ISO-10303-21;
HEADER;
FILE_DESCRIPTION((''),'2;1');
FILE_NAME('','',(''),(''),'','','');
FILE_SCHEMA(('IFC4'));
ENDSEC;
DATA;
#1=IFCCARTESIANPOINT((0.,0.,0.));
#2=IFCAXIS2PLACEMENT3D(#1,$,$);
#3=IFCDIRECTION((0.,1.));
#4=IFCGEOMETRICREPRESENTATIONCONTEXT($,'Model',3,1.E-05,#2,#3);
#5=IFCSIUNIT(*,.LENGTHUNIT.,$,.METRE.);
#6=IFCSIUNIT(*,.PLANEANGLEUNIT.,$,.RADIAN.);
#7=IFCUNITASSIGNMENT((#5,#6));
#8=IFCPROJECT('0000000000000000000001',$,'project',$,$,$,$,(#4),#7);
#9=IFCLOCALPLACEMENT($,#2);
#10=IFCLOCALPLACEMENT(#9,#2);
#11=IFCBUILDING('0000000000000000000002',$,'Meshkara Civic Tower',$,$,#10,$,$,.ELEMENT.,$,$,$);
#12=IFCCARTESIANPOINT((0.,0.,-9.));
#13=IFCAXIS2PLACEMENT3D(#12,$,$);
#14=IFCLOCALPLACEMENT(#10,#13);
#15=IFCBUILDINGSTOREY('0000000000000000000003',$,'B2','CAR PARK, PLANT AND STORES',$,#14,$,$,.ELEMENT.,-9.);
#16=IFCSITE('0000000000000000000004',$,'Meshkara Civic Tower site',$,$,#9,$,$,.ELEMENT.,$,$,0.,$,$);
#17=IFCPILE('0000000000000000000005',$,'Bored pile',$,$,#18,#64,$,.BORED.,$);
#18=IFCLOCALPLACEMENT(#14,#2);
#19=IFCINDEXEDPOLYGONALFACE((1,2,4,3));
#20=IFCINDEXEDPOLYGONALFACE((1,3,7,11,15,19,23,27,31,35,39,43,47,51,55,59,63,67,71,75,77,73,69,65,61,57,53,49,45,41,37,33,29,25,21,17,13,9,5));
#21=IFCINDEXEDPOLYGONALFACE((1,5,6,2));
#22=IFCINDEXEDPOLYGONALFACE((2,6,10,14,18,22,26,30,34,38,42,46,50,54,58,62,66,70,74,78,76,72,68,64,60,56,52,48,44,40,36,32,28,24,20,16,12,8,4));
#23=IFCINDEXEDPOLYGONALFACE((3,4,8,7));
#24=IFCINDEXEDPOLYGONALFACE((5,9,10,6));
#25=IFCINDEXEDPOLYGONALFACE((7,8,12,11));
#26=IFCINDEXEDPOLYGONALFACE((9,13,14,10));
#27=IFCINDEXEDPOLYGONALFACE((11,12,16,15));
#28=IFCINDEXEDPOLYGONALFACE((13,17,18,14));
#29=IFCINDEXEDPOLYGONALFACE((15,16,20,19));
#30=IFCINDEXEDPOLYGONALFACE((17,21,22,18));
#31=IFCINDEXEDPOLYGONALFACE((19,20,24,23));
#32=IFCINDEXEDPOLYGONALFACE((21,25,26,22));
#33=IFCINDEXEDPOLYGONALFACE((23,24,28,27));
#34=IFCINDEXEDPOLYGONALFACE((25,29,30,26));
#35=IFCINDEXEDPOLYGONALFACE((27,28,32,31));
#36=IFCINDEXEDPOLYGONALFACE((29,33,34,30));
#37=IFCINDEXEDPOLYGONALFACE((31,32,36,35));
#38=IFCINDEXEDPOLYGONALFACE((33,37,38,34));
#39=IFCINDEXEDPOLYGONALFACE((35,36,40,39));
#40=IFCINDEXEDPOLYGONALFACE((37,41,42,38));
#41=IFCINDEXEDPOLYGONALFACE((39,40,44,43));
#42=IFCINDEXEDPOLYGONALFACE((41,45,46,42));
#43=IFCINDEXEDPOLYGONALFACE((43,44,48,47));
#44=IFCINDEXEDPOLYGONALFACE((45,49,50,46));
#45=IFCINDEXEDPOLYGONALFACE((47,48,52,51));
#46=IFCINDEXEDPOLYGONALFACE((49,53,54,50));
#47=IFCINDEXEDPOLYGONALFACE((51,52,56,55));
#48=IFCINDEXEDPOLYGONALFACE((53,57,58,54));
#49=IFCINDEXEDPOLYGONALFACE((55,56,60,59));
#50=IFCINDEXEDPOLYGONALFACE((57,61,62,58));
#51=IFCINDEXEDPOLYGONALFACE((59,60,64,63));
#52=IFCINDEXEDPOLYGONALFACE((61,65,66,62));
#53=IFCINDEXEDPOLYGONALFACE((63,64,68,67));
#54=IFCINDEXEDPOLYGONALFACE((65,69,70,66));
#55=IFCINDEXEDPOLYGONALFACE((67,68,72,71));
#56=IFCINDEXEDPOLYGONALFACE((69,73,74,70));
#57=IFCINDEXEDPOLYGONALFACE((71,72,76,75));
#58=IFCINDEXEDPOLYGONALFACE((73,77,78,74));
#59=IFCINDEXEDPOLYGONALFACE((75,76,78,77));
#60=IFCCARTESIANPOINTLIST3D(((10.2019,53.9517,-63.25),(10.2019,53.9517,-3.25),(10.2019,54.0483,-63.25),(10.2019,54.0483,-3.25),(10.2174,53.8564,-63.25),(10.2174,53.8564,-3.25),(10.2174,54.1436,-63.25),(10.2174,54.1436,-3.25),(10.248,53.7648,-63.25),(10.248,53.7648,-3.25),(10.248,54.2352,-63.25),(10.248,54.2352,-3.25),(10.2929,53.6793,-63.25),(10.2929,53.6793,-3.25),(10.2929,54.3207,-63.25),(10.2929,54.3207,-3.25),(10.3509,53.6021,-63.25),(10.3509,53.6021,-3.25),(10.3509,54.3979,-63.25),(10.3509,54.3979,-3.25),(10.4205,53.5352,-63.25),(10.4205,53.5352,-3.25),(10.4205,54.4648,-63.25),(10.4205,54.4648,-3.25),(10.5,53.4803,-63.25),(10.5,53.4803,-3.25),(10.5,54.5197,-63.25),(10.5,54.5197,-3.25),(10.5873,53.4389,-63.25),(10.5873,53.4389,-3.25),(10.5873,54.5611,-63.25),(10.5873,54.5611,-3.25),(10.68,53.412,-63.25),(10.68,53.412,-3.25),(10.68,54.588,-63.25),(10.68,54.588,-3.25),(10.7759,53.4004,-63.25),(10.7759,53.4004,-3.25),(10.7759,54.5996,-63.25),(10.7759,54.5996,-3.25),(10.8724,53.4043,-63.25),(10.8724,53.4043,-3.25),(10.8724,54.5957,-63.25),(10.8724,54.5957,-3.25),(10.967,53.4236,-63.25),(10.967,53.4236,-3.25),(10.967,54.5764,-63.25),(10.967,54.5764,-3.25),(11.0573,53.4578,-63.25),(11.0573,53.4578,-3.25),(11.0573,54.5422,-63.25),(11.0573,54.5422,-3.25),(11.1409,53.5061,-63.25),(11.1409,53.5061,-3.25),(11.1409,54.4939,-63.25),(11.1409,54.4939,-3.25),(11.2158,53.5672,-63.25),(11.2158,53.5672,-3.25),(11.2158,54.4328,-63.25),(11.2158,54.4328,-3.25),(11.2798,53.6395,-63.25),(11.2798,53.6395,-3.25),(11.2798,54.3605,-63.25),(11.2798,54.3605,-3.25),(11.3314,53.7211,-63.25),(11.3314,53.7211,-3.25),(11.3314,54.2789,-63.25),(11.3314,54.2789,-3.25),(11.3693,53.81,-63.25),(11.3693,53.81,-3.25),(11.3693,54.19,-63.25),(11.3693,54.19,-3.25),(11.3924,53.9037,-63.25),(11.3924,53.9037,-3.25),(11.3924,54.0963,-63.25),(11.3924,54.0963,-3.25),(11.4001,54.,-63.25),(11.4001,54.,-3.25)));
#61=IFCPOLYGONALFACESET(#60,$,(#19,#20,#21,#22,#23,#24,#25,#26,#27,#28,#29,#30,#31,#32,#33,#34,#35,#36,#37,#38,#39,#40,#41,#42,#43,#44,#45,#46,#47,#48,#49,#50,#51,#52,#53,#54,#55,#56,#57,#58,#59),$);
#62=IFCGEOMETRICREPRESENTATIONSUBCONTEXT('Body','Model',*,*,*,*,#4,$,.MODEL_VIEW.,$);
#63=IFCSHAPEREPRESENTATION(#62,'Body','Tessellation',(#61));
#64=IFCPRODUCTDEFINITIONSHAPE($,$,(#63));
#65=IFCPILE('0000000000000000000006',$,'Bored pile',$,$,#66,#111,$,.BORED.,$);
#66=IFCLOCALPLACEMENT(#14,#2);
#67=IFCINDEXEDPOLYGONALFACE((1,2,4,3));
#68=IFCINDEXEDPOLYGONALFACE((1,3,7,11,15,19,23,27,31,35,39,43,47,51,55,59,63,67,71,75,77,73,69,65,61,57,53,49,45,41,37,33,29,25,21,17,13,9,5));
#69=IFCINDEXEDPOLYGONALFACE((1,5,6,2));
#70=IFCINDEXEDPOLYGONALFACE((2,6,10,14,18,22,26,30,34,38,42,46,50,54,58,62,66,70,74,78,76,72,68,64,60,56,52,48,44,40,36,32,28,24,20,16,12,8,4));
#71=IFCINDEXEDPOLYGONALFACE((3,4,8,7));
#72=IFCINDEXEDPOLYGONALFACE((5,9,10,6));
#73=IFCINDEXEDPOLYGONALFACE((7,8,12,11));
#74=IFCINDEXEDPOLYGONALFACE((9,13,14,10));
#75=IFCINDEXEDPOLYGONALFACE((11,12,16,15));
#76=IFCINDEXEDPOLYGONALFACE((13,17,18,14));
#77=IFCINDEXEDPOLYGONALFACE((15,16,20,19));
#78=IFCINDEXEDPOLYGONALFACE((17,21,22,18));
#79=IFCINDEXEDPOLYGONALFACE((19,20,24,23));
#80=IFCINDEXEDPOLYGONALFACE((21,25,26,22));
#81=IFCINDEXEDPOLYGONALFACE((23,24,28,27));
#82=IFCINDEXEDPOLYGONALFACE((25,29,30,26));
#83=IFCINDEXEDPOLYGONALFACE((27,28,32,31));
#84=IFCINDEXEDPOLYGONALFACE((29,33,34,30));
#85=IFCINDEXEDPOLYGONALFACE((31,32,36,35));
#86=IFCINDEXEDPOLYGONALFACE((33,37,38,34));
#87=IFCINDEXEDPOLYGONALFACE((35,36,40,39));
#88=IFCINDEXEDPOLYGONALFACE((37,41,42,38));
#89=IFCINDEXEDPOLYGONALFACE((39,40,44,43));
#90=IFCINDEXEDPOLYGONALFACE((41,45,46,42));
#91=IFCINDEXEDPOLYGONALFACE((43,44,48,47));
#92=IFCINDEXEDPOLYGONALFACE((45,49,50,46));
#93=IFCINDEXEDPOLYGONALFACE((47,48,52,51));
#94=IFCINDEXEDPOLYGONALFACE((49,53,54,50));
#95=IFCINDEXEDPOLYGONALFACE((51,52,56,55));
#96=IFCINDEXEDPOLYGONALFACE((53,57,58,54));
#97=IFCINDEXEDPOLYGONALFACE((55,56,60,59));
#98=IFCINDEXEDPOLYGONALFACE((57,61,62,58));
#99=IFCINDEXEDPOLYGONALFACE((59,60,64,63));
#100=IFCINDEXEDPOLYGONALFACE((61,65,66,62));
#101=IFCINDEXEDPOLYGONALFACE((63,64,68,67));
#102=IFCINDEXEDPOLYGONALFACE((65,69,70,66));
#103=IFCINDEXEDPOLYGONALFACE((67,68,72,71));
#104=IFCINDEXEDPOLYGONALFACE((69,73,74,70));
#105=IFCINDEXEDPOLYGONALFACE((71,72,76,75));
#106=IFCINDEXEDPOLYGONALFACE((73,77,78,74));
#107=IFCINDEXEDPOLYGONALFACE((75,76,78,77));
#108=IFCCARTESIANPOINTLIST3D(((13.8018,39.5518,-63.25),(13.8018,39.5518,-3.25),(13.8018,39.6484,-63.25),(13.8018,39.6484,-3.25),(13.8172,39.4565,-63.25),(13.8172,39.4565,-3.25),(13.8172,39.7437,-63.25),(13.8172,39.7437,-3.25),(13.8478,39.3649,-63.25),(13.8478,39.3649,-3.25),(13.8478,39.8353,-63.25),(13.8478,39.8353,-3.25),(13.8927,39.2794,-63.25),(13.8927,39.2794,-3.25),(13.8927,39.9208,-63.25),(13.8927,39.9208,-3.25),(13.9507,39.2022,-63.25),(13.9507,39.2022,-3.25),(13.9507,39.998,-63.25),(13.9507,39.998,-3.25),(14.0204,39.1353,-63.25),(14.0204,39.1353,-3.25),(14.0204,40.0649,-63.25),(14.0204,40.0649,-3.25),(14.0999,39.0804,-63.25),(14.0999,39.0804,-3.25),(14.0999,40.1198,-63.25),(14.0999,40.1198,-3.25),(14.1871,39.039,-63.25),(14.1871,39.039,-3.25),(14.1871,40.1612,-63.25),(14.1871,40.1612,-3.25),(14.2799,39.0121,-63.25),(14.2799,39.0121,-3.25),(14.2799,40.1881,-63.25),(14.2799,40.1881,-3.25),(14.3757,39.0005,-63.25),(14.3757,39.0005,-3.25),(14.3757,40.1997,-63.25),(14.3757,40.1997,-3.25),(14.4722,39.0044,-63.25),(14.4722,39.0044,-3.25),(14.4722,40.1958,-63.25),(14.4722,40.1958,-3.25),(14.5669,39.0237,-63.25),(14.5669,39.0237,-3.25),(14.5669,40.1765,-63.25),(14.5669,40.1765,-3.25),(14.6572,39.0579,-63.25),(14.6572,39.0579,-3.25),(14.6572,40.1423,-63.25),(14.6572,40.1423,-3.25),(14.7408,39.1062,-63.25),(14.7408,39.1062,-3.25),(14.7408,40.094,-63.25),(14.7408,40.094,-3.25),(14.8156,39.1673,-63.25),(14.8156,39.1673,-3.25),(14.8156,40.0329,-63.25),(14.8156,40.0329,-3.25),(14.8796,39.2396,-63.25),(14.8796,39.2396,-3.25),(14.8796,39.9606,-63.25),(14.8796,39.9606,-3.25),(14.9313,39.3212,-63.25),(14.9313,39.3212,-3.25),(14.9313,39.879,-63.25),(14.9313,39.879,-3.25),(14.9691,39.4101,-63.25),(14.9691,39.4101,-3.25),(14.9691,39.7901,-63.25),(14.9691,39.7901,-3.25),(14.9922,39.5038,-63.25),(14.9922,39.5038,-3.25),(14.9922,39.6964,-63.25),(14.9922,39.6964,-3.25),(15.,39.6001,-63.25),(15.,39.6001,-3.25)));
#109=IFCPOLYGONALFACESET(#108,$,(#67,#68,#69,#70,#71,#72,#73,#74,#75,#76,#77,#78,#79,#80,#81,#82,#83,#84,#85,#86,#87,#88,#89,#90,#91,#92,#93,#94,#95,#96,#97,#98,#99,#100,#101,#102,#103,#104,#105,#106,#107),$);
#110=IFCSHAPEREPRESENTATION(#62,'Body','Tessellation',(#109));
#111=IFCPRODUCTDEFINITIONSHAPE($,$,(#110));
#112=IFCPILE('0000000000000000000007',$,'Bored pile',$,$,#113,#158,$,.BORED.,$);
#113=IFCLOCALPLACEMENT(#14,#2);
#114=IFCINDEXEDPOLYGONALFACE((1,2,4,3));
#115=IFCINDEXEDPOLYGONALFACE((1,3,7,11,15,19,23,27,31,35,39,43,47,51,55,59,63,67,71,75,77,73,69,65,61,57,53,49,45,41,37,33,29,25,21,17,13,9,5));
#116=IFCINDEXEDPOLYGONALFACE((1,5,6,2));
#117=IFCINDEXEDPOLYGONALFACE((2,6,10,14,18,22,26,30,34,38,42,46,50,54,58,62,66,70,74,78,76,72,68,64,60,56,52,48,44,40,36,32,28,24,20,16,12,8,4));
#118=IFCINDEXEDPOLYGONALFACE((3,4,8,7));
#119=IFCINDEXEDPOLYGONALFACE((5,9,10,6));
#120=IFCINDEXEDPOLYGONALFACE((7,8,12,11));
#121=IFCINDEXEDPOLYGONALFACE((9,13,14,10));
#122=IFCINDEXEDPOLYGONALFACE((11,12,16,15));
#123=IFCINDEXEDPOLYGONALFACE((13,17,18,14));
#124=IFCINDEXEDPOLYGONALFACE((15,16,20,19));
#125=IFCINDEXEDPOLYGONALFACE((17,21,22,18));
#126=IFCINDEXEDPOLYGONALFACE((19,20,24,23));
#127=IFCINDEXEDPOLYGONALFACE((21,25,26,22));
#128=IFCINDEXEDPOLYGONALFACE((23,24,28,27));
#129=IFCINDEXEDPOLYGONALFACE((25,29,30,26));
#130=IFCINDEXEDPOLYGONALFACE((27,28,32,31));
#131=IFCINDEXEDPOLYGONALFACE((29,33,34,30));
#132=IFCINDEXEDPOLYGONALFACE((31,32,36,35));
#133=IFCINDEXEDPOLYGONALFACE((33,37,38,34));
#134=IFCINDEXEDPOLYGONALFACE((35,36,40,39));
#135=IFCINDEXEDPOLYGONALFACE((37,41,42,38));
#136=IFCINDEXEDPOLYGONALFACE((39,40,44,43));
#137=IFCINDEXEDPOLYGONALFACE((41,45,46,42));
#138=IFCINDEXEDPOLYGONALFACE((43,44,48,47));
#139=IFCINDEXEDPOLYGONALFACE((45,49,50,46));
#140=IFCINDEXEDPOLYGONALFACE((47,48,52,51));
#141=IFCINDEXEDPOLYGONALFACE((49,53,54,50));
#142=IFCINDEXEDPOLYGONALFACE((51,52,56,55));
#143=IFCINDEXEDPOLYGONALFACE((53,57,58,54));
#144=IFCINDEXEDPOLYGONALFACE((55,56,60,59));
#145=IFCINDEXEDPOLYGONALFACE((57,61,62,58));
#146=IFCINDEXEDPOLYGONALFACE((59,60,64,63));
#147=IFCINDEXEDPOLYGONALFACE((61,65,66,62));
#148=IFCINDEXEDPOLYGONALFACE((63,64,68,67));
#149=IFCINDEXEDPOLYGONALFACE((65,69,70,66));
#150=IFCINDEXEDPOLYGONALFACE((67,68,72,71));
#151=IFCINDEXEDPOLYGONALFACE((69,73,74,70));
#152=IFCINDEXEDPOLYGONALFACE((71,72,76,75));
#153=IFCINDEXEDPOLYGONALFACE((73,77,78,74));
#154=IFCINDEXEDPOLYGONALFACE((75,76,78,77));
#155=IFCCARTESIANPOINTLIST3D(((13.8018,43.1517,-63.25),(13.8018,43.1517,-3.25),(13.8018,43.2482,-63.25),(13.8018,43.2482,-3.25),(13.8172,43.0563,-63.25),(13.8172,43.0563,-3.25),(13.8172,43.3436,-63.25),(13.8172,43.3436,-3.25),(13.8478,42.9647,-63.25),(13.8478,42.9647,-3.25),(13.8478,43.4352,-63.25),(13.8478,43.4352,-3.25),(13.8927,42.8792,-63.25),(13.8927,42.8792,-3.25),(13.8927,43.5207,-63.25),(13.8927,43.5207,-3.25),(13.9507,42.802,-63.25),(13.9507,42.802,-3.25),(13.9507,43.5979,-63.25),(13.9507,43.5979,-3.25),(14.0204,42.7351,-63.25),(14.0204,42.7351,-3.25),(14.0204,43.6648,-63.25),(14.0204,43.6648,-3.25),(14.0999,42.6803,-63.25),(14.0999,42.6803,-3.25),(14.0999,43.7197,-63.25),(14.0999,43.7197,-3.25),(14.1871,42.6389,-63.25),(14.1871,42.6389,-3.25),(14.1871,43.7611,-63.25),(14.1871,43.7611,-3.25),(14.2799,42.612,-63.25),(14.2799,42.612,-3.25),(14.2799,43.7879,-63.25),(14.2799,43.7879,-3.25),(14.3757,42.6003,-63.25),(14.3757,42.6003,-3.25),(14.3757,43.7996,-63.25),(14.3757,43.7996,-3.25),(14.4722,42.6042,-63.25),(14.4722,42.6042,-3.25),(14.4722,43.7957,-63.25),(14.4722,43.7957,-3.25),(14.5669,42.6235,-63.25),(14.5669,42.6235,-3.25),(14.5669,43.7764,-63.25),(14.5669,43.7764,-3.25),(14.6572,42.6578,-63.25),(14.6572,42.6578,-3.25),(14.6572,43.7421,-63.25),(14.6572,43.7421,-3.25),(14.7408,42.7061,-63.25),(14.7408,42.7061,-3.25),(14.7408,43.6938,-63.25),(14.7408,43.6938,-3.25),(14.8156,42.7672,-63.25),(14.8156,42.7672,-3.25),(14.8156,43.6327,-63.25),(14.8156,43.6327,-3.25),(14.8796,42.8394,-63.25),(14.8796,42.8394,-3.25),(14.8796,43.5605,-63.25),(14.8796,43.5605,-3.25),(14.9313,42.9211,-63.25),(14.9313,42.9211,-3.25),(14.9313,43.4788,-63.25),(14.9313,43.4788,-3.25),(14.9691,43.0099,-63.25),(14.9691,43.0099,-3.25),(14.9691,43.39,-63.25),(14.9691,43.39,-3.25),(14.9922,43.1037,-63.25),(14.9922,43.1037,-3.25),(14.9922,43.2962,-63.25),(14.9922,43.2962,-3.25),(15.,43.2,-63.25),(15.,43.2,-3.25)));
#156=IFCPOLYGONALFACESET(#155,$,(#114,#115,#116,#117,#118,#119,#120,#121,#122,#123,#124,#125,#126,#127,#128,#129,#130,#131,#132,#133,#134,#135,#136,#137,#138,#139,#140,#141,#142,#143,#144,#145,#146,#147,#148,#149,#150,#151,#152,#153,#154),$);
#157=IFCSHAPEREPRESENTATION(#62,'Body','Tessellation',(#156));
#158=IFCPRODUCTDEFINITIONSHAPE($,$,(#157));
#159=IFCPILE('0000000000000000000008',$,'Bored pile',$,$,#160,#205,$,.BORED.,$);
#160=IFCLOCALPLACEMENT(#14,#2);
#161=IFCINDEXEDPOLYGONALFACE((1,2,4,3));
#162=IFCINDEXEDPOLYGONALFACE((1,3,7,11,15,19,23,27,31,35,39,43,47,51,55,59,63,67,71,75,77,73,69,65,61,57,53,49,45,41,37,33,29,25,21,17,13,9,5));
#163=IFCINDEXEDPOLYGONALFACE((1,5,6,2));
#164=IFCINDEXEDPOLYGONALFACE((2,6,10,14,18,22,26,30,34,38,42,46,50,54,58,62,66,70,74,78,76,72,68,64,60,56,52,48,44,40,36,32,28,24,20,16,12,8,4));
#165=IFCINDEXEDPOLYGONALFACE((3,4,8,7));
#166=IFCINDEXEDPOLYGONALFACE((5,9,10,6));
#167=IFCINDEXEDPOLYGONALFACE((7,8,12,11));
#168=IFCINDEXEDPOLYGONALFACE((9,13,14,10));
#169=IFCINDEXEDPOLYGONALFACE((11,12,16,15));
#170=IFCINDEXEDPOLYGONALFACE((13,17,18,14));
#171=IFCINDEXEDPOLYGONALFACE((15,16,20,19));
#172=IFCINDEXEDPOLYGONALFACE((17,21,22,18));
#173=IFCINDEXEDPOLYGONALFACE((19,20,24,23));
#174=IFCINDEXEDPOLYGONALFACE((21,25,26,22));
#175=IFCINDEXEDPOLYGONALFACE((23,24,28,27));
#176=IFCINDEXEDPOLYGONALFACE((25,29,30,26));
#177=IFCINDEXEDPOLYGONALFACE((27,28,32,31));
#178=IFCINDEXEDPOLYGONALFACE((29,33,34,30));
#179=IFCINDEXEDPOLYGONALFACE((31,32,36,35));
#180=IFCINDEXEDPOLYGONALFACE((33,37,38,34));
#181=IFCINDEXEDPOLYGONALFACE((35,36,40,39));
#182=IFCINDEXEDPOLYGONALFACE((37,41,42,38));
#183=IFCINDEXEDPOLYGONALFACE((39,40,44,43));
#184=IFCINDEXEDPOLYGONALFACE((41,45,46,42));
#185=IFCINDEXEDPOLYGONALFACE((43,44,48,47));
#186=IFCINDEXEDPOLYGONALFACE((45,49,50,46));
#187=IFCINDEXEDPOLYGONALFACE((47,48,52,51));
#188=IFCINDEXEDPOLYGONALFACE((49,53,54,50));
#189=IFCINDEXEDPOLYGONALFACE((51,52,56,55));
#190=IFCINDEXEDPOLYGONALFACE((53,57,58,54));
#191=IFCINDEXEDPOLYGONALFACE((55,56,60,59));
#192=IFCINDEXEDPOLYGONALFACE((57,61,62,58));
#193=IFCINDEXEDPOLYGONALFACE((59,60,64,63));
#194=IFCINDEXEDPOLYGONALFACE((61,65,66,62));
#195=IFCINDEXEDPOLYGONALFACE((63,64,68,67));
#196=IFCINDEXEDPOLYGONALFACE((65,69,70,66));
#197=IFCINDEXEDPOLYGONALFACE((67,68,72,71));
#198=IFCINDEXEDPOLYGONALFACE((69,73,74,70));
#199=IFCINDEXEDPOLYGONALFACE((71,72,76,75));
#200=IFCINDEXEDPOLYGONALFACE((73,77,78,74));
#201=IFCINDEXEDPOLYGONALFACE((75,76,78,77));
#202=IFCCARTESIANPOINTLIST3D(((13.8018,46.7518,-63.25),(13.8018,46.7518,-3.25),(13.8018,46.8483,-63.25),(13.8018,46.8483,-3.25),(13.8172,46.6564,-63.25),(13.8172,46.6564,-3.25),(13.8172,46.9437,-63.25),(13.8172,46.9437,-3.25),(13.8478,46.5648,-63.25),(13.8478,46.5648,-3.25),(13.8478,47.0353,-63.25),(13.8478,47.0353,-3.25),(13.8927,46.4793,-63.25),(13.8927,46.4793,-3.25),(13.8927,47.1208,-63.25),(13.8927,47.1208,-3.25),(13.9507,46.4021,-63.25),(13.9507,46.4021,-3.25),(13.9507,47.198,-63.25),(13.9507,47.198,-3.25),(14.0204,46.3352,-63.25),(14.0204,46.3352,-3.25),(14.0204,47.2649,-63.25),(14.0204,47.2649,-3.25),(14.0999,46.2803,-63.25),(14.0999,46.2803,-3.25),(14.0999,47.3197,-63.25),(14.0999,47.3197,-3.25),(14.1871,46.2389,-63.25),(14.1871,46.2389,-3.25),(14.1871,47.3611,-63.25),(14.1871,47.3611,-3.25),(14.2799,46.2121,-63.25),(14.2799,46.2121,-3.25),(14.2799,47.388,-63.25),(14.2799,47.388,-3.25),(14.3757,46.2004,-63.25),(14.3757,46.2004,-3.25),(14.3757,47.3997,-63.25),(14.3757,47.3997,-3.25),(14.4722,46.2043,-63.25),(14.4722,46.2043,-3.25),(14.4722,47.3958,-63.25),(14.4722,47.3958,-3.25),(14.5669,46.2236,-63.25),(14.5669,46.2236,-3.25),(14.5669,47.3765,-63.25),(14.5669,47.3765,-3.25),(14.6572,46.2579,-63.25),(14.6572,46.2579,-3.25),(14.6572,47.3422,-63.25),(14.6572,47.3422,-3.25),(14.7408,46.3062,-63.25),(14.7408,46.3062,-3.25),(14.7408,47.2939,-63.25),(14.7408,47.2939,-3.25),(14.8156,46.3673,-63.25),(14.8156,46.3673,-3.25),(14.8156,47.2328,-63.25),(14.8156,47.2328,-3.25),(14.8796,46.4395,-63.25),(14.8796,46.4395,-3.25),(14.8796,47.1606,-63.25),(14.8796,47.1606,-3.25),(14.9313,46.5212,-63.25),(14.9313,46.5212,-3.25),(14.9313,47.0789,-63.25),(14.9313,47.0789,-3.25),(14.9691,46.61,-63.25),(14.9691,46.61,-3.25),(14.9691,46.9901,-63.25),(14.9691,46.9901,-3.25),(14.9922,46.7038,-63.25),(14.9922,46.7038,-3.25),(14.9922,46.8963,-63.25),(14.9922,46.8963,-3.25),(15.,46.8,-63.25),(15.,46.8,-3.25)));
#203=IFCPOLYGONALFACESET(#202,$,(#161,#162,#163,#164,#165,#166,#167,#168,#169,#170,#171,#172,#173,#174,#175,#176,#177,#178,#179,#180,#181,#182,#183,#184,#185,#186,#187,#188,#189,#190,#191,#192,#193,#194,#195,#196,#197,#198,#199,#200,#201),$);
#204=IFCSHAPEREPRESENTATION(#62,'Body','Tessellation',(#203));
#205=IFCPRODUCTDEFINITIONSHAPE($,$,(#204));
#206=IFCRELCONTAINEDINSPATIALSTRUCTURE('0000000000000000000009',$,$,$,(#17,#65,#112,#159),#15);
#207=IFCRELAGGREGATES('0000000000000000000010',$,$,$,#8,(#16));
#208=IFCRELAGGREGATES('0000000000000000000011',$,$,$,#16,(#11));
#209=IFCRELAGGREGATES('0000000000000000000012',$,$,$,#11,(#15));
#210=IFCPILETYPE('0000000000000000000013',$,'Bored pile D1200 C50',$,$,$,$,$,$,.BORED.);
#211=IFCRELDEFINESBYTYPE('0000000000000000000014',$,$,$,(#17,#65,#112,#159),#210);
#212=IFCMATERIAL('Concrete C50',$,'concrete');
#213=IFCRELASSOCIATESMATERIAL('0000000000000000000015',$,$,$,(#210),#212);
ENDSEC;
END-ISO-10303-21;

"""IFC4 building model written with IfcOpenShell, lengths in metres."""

from ifc_helpers import new_model, si_unit, direction, frame, origin, origin_2d, place, context, subcontext, project, spatial, circle, extrude, material, material_profile, profile_set, type_object, element, save


model = new_model("IFC4")

# Units and contexts
model_context = context("Model", 3, precision=1e-05, world=origin(), true_north=direction((0.0, 1.0)))
body_context = subcontext(model_context, "Body", "Model", "MODEL_VIEW")
ifc_project = project(units=[si_unit("LENGTHUNIT", "METRE"), si_unit("PLANEANGLEUNIT", "RADIAN")], contexts=[model_context])

# Site, building, storey
site_placement = place(None, origin())
site = spatial("IfcSite", under=ifc_project, at=site_placement, Name="Meshkara Civic Tower site", CompositionType="ELEMENT", RefElevation=0.0)
building_placement = place(site_placement, origin())
building = spatial("IfcBuilding", under=site, at=building_placement, Name="Meshkara Civic Tower", CompositionType="ELEMENT")
storey_placement = place(building_placement, frame((0.0, 0.0, -9.0)))
storey = spatial("IfcBuildingStorey", under=building, at=storey_placement, Name="B2", Description="CAR PARK, PLANT AND STORES", CompositionType="ELEMENT", Elevation=-9.0)

# Piles
ifc_material_1 = material(Name="Concrete C50", Category="concrete")
ifc_material_profile_1 = material_profile(ifc_material_1, circle(Radius=0.6001, at=origin_2d()))
ifc_profile_set_1 = profile_set([ifc_material_profile_1], Name="Concrete C50")
pile_type = type_object("IfcPileType", Name="Bored pile D1200 C50", PredefinedType="BORED", material=ifc_profile_set_1)
for number, where, z_axis, x_axis, name in (
    (1, (10.8, 54.0, -3.25), (0.0, 0.0, -1.0), (1.0, 0.0, 0.0), "Bored pile"),
    (2, (14.3999, 39.6001, -3.25), (0.0, 0.0, -1.0), (1.0, 0.0, 0.0), "Bored pile"),
    (3, (14.3999, 43.2, -3.25), (0.0, 0.0, -1.0), (1.0, 0.0, 0.0), "Bored pile"),
    (4, (14.3999, 46.8, -3.25), (0.0, 0.0, -1.0), (1.0, 0.0, 0.0), "Bored pile"),
):
    element("IfcPile", number, at=place(storey_placement, frame(where, z_axis=z_axis, x_axis=x_axis)), inside=storey, type_object=pile_type, Name=name, PredefinedType="BORED", context=body_context, shape_type="SweptSolid", body=[
        extrude(circle(Radius=0.6001, at=origin_2d()), origin(), (0.0, 0.0, 1.0), 60.0),
    ])

save(model, "model.ifc")
